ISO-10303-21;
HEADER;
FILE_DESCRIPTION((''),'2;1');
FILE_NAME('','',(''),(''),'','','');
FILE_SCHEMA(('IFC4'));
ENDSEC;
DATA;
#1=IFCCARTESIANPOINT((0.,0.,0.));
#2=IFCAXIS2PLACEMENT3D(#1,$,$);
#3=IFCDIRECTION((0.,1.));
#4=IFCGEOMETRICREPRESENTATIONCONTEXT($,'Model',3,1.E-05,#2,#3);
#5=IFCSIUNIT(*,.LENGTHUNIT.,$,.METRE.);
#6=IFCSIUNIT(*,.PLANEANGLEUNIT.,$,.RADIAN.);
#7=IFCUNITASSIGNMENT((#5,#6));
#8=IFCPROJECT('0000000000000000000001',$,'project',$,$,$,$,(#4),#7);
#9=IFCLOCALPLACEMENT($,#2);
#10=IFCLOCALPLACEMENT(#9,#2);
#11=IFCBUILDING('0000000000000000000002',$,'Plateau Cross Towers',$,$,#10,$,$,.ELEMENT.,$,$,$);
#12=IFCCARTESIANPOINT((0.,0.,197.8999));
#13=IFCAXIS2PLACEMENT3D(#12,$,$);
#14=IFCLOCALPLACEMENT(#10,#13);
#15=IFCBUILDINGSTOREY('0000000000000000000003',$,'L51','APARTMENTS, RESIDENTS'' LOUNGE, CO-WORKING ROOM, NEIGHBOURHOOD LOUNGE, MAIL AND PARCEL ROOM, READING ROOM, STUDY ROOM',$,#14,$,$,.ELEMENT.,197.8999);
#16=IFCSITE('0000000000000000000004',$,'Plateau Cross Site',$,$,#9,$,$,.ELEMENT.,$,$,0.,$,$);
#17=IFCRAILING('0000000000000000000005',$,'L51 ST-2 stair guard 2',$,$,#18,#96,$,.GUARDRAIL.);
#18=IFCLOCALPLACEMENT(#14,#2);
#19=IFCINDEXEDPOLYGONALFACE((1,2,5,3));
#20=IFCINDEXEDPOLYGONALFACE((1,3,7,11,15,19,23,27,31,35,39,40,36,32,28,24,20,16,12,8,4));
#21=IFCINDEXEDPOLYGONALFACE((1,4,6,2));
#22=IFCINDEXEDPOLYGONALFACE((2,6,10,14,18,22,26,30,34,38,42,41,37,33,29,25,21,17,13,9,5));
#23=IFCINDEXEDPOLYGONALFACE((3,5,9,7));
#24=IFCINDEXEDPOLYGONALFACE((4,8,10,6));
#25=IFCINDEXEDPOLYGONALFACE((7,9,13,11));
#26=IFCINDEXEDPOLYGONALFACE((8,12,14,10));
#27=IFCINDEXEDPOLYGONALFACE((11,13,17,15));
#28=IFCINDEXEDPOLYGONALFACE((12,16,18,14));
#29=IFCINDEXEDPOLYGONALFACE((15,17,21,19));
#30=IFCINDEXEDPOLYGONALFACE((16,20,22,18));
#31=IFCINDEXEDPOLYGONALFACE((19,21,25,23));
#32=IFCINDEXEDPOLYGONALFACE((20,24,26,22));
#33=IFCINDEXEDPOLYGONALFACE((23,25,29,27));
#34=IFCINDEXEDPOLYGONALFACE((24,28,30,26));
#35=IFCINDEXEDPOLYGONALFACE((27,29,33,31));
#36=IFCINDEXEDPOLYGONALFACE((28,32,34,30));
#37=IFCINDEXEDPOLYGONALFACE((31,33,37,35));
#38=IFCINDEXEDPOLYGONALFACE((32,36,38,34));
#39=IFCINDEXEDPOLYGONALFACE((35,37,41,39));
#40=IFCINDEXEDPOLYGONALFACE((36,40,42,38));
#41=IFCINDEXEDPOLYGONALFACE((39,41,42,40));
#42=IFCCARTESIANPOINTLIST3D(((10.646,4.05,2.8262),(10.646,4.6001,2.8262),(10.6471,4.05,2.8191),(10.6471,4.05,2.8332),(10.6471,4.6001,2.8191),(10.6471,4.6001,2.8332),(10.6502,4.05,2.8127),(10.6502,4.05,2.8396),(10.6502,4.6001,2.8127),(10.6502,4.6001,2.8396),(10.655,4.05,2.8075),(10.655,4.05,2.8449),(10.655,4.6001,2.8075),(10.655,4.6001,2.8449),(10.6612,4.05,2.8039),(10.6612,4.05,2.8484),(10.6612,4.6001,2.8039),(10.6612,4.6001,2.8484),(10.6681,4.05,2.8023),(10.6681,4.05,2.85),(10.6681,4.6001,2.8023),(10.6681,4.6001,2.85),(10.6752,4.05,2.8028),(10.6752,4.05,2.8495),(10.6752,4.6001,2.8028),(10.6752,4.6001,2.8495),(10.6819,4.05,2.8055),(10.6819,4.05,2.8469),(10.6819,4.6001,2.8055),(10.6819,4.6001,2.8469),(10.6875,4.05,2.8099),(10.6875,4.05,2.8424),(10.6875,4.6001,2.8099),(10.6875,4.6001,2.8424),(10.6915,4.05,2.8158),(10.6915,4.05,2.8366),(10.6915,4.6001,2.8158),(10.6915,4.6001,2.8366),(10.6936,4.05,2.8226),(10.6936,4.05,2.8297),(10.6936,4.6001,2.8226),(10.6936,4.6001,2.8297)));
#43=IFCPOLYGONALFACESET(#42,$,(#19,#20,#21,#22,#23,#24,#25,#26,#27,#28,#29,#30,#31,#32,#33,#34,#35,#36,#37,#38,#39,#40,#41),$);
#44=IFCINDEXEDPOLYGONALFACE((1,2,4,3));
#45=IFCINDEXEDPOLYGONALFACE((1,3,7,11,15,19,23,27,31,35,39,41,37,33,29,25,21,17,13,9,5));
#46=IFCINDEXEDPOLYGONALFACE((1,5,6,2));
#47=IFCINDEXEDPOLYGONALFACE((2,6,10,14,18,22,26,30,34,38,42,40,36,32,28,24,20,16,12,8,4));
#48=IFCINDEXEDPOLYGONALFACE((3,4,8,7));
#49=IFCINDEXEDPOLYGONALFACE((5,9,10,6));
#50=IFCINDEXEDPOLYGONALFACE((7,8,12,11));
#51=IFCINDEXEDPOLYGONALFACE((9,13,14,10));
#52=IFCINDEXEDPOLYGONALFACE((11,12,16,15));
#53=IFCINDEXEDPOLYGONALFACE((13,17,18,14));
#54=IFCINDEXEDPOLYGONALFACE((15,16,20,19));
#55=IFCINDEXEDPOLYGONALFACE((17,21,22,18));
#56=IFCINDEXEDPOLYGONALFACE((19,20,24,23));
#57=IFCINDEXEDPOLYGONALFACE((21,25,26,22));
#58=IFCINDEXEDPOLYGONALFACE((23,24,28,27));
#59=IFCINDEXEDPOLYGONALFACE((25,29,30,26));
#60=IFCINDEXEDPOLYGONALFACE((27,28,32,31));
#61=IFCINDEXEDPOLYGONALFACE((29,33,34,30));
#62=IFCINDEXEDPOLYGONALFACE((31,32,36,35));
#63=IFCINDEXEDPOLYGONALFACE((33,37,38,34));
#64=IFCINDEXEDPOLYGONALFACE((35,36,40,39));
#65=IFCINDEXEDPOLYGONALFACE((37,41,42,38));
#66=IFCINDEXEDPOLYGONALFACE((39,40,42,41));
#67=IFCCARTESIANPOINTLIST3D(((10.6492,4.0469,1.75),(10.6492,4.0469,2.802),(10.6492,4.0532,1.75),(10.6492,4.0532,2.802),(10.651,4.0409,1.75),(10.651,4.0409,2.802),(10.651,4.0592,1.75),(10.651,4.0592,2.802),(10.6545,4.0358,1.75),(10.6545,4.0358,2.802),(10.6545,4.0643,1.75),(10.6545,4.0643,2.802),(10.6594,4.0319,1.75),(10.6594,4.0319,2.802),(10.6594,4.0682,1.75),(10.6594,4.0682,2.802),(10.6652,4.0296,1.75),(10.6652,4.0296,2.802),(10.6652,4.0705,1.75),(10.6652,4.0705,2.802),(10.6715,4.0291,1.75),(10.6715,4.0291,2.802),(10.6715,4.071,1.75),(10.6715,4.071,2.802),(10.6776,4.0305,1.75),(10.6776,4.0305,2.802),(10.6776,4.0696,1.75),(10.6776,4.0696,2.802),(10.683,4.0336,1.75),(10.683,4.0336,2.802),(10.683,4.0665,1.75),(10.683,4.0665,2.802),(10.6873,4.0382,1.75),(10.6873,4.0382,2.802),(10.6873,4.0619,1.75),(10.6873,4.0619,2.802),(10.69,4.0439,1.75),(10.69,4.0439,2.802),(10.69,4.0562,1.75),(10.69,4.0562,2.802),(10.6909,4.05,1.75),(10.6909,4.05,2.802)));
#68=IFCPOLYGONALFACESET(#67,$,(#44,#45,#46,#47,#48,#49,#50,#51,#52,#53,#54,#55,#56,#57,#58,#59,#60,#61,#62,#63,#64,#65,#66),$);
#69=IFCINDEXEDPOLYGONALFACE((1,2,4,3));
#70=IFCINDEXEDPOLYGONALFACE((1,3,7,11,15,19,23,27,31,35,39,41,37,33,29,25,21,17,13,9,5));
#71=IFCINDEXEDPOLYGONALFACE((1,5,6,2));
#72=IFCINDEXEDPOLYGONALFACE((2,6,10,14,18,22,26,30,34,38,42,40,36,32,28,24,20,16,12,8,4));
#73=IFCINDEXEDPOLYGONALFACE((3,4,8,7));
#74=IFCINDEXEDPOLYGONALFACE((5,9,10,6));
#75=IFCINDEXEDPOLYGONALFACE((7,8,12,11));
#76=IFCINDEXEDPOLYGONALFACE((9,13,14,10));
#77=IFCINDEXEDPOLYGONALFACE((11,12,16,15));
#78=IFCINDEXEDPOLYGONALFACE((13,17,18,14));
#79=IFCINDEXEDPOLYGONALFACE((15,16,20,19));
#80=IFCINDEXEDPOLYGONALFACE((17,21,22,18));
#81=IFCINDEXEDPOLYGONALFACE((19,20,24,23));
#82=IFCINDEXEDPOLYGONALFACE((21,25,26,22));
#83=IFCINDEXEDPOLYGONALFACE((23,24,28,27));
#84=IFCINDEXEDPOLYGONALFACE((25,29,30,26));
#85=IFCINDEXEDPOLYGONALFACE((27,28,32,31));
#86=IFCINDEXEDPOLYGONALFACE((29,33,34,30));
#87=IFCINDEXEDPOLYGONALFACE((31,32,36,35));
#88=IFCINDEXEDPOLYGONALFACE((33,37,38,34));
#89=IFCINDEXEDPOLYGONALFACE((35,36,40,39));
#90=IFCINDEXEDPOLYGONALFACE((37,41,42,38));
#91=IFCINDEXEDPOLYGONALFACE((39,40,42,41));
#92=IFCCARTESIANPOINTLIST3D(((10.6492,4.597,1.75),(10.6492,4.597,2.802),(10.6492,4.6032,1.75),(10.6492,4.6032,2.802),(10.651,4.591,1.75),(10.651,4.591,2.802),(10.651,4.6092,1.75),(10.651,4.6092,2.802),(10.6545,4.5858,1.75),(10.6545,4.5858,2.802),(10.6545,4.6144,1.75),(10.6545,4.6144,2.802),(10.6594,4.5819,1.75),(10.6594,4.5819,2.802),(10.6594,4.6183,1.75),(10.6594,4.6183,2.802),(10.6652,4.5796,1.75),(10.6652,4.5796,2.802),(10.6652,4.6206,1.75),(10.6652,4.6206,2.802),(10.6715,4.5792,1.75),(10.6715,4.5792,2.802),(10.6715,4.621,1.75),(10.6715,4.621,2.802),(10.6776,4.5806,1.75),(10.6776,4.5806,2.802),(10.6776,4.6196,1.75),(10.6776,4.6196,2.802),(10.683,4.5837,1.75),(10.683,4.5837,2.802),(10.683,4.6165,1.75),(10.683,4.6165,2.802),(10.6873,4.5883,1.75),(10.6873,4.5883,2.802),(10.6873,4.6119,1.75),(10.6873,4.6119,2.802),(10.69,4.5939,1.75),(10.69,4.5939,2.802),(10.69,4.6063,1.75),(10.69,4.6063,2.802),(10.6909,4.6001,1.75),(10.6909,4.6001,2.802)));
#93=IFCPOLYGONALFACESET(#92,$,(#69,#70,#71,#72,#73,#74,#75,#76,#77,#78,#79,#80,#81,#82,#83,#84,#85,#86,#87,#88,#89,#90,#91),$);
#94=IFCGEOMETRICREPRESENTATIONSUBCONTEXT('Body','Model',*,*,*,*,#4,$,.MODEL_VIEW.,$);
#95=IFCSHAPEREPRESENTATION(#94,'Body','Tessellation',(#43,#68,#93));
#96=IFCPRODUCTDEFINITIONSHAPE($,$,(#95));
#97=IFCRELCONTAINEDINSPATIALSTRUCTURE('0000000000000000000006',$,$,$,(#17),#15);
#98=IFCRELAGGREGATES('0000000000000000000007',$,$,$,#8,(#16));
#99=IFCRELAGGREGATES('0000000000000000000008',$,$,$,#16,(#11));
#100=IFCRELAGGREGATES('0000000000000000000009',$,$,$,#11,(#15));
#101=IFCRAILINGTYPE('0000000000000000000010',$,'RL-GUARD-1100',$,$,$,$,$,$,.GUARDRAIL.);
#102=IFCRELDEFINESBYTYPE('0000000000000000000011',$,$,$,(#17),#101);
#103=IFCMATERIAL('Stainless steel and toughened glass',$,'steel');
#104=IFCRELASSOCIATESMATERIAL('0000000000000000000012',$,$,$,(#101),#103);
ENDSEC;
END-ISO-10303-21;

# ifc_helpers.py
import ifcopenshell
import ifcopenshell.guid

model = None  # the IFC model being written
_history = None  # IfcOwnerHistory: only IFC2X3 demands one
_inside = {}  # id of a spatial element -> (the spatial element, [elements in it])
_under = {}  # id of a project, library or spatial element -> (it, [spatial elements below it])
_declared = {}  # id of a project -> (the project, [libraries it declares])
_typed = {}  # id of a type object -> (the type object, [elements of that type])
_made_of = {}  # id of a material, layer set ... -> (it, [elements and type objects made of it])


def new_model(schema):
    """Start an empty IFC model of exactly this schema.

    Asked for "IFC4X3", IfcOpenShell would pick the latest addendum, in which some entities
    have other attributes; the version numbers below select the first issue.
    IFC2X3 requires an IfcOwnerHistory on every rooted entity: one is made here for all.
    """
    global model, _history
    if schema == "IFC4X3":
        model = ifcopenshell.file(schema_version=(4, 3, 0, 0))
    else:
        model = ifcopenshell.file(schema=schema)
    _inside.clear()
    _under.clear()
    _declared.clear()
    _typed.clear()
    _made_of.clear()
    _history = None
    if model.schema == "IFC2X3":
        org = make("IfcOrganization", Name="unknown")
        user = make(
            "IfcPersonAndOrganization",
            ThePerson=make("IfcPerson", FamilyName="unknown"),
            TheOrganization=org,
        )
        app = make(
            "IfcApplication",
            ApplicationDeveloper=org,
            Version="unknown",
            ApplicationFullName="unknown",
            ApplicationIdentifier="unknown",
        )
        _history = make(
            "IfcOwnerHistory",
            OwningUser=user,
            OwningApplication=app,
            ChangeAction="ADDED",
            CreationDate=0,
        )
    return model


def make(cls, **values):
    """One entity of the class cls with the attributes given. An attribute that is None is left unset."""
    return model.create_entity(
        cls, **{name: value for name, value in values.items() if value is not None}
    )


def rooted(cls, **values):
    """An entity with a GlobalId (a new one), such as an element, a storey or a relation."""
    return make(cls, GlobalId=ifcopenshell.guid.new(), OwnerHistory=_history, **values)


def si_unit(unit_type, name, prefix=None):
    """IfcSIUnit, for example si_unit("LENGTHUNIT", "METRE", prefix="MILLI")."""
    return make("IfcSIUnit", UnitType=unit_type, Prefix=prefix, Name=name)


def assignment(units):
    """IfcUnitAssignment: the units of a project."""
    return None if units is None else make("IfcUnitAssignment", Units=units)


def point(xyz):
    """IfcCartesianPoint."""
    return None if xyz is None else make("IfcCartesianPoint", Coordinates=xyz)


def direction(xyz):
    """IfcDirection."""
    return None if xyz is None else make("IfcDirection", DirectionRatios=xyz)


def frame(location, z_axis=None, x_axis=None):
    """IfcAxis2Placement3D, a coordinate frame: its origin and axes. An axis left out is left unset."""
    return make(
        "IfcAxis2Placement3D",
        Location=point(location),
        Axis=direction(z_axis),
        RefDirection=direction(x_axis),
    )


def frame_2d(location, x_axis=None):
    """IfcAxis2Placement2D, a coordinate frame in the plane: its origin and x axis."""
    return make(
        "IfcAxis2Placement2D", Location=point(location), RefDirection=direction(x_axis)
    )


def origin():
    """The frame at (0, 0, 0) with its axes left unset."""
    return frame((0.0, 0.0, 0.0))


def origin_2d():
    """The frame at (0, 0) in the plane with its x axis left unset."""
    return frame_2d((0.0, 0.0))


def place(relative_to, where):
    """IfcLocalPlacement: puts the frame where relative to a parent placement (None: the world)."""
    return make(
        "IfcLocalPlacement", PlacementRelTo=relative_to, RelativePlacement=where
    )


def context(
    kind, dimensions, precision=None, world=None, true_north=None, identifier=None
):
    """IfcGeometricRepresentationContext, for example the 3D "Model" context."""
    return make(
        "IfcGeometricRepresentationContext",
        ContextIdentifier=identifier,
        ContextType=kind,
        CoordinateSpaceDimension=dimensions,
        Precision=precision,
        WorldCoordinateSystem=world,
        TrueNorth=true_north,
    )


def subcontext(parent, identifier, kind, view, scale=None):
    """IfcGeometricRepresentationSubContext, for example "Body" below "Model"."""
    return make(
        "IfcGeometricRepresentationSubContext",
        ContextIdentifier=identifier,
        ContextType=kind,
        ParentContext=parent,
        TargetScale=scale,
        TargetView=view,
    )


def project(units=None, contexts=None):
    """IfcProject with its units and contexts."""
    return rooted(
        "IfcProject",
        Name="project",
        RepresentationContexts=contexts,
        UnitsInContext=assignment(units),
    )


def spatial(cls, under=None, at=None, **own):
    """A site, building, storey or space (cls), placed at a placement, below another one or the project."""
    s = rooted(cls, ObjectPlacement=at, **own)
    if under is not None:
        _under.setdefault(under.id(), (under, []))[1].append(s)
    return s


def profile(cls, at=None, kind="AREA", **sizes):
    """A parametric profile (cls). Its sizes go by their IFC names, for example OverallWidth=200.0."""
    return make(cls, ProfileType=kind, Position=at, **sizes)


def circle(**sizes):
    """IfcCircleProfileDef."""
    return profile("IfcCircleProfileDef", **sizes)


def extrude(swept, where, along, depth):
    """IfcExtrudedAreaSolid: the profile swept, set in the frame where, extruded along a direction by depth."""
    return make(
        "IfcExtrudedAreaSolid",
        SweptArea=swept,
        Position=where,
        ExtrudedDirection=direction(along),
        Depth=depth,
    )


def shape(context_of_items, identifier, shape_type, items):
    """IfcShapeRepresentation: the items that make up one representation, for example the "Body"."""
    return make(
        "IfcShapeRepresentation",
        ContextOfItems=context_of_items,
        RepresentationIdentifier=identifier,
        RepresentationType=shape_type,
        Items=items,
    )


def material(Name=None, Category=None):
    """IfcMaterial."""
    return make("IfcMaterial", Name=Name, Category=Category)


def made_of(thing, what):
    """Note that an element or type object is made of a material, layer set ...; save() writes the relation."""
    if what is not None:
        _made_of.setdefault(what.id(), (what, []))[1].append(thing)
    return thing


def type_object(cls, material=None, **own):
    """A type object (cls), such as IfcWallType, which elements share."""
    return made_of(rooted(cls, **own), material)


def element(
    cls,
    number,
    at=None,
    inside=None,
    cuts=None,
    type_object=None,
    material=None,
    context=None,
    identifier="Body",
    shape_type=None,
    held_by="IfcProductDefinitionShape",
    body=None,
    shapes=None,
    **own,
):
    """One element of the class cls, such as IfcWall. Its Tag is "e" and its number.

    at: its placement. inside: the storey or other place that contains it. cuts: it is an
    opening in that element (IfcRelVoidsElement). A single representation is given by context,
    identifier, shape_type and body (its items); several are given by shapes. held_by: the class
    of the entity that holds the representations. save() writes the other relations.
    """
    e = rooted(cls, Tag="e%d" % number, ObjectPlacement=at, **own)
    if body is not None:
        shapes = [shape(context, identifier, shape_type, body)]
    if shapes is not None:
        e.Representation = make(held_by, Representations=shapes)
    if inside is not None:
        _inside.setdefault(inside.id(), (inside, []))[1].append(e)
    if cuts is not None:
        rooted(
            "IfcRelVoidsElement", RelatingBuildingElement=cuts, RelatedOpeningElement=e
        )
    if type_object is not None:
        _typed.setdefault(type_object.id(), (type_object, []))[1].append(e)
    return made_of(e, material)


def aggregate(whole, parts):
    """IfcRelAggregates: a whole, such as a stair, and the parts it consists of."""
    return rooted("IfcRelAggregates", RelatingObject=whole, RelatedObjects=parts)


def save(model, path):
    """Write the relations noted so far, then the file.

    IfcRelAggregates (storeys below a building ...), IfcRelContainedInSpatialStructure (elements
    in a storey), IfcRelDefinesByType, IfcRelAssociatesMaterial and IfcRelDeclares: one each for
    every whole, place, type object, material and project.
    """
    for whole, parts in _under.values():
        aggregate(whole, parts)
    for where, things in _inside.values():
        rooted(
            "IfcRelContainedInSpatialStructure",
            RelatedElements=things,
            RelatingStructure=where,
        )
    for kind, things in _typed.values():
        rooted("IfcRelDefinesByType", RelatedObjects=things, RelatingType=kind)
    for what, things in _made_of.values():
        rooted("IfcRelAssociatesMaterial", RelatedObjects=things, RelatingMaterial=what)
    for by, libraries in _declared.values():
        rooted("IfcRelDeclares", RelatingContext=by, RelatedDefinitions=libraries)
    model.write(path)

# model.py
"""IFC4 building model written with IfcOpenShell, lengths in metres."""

from ifc_helpers import new_model, si_unit, direction, frame, origin, origin_2d, place, context, subcontext, project, spatial, circle, extrude, material, type_object, element, save


model = new_model("IFC4")

# Units and contexts
model_context = context("Model", 3, precision=1e-05, world=origin(), true_north=direction((0.0, 1.0)))
body_context = subcontext(model_context, "Body", "Model", "MODEL_VIEW")
ifc_project = project(units=[si_unit("LENGTHUNIT", "METRE"), si_unit("PLANEANGLEUNIT", "RADIAN")], contexts=[model_context])

# Site, building, storey
site_placement = place(None, origin())
site = spatial("IfcSite", under=ifc_project, at=site_placement, Name="Plateau Cross Site", CompositionType="ELEMENT", RefElevation=0.0)
building_placement = place(site_placement, origin())
building = spatial("IfcBuilding", under=site, at=building_placement, Name="Plateau Cross Towers", CompositionType="ELEMENT")
storey_placement = place(building_placement, frame((0.0, 0.0, 197.8999)))
storey = spatial("IfcBuildingStorey", under=building, at=storey_placement, Name="L51", Description="APARTMENTS, RESIDENTS' LOUNGE, CO-WORKING ROOM, NEIGHBOURHOOD LOUNGE, MAIL AND PARCEL ROOM, READING ROOM, STUDY ROOM", CompositionType="ELEMENT", Elevation=197.8999)

# Railing
ifc_material_1 = material(Name="Stainless steel and toughened glass", Category="steel")
railing_type_1 = type_object("IfcRailingType", Name="RL-GUARD-1100", PredefinedType="GUARDRAIL", material=ifc_material_1)
railing_1_placement = place(storey_placement, frame((10.6699, 4.05, 1.75)))
element("IfcRailing", 1, at=railing_1_placement, inside=storey, type_object=railing_type_1, Name="L51 ST-2 stair guard 2", PredefinedType="GUARDRAIL", context=body_context, shape_type="SweptSolid", body=[
    extrude(circle(Radius=0.0239, at=origin_2d()), frame((0.0, 0.0, 1.0762), z_axis=(0.0, 1.0, 0.0), x_axis=(-1.0, 0.0, 0.0)), (0.0, 0.0, 1.0), 0.55),
    extrude(circle(Radius=0.021, at=origin_2d()), origin(), (0.0, 0.0, 1.0), 1.052),
    extrude(circle(Radius=0.021, at=origin_2d()), frame((0.0, 0.55, 0.0)), (0.0, 0.0, 1.0), 1.052),
])

save(model, "model.ifc")
